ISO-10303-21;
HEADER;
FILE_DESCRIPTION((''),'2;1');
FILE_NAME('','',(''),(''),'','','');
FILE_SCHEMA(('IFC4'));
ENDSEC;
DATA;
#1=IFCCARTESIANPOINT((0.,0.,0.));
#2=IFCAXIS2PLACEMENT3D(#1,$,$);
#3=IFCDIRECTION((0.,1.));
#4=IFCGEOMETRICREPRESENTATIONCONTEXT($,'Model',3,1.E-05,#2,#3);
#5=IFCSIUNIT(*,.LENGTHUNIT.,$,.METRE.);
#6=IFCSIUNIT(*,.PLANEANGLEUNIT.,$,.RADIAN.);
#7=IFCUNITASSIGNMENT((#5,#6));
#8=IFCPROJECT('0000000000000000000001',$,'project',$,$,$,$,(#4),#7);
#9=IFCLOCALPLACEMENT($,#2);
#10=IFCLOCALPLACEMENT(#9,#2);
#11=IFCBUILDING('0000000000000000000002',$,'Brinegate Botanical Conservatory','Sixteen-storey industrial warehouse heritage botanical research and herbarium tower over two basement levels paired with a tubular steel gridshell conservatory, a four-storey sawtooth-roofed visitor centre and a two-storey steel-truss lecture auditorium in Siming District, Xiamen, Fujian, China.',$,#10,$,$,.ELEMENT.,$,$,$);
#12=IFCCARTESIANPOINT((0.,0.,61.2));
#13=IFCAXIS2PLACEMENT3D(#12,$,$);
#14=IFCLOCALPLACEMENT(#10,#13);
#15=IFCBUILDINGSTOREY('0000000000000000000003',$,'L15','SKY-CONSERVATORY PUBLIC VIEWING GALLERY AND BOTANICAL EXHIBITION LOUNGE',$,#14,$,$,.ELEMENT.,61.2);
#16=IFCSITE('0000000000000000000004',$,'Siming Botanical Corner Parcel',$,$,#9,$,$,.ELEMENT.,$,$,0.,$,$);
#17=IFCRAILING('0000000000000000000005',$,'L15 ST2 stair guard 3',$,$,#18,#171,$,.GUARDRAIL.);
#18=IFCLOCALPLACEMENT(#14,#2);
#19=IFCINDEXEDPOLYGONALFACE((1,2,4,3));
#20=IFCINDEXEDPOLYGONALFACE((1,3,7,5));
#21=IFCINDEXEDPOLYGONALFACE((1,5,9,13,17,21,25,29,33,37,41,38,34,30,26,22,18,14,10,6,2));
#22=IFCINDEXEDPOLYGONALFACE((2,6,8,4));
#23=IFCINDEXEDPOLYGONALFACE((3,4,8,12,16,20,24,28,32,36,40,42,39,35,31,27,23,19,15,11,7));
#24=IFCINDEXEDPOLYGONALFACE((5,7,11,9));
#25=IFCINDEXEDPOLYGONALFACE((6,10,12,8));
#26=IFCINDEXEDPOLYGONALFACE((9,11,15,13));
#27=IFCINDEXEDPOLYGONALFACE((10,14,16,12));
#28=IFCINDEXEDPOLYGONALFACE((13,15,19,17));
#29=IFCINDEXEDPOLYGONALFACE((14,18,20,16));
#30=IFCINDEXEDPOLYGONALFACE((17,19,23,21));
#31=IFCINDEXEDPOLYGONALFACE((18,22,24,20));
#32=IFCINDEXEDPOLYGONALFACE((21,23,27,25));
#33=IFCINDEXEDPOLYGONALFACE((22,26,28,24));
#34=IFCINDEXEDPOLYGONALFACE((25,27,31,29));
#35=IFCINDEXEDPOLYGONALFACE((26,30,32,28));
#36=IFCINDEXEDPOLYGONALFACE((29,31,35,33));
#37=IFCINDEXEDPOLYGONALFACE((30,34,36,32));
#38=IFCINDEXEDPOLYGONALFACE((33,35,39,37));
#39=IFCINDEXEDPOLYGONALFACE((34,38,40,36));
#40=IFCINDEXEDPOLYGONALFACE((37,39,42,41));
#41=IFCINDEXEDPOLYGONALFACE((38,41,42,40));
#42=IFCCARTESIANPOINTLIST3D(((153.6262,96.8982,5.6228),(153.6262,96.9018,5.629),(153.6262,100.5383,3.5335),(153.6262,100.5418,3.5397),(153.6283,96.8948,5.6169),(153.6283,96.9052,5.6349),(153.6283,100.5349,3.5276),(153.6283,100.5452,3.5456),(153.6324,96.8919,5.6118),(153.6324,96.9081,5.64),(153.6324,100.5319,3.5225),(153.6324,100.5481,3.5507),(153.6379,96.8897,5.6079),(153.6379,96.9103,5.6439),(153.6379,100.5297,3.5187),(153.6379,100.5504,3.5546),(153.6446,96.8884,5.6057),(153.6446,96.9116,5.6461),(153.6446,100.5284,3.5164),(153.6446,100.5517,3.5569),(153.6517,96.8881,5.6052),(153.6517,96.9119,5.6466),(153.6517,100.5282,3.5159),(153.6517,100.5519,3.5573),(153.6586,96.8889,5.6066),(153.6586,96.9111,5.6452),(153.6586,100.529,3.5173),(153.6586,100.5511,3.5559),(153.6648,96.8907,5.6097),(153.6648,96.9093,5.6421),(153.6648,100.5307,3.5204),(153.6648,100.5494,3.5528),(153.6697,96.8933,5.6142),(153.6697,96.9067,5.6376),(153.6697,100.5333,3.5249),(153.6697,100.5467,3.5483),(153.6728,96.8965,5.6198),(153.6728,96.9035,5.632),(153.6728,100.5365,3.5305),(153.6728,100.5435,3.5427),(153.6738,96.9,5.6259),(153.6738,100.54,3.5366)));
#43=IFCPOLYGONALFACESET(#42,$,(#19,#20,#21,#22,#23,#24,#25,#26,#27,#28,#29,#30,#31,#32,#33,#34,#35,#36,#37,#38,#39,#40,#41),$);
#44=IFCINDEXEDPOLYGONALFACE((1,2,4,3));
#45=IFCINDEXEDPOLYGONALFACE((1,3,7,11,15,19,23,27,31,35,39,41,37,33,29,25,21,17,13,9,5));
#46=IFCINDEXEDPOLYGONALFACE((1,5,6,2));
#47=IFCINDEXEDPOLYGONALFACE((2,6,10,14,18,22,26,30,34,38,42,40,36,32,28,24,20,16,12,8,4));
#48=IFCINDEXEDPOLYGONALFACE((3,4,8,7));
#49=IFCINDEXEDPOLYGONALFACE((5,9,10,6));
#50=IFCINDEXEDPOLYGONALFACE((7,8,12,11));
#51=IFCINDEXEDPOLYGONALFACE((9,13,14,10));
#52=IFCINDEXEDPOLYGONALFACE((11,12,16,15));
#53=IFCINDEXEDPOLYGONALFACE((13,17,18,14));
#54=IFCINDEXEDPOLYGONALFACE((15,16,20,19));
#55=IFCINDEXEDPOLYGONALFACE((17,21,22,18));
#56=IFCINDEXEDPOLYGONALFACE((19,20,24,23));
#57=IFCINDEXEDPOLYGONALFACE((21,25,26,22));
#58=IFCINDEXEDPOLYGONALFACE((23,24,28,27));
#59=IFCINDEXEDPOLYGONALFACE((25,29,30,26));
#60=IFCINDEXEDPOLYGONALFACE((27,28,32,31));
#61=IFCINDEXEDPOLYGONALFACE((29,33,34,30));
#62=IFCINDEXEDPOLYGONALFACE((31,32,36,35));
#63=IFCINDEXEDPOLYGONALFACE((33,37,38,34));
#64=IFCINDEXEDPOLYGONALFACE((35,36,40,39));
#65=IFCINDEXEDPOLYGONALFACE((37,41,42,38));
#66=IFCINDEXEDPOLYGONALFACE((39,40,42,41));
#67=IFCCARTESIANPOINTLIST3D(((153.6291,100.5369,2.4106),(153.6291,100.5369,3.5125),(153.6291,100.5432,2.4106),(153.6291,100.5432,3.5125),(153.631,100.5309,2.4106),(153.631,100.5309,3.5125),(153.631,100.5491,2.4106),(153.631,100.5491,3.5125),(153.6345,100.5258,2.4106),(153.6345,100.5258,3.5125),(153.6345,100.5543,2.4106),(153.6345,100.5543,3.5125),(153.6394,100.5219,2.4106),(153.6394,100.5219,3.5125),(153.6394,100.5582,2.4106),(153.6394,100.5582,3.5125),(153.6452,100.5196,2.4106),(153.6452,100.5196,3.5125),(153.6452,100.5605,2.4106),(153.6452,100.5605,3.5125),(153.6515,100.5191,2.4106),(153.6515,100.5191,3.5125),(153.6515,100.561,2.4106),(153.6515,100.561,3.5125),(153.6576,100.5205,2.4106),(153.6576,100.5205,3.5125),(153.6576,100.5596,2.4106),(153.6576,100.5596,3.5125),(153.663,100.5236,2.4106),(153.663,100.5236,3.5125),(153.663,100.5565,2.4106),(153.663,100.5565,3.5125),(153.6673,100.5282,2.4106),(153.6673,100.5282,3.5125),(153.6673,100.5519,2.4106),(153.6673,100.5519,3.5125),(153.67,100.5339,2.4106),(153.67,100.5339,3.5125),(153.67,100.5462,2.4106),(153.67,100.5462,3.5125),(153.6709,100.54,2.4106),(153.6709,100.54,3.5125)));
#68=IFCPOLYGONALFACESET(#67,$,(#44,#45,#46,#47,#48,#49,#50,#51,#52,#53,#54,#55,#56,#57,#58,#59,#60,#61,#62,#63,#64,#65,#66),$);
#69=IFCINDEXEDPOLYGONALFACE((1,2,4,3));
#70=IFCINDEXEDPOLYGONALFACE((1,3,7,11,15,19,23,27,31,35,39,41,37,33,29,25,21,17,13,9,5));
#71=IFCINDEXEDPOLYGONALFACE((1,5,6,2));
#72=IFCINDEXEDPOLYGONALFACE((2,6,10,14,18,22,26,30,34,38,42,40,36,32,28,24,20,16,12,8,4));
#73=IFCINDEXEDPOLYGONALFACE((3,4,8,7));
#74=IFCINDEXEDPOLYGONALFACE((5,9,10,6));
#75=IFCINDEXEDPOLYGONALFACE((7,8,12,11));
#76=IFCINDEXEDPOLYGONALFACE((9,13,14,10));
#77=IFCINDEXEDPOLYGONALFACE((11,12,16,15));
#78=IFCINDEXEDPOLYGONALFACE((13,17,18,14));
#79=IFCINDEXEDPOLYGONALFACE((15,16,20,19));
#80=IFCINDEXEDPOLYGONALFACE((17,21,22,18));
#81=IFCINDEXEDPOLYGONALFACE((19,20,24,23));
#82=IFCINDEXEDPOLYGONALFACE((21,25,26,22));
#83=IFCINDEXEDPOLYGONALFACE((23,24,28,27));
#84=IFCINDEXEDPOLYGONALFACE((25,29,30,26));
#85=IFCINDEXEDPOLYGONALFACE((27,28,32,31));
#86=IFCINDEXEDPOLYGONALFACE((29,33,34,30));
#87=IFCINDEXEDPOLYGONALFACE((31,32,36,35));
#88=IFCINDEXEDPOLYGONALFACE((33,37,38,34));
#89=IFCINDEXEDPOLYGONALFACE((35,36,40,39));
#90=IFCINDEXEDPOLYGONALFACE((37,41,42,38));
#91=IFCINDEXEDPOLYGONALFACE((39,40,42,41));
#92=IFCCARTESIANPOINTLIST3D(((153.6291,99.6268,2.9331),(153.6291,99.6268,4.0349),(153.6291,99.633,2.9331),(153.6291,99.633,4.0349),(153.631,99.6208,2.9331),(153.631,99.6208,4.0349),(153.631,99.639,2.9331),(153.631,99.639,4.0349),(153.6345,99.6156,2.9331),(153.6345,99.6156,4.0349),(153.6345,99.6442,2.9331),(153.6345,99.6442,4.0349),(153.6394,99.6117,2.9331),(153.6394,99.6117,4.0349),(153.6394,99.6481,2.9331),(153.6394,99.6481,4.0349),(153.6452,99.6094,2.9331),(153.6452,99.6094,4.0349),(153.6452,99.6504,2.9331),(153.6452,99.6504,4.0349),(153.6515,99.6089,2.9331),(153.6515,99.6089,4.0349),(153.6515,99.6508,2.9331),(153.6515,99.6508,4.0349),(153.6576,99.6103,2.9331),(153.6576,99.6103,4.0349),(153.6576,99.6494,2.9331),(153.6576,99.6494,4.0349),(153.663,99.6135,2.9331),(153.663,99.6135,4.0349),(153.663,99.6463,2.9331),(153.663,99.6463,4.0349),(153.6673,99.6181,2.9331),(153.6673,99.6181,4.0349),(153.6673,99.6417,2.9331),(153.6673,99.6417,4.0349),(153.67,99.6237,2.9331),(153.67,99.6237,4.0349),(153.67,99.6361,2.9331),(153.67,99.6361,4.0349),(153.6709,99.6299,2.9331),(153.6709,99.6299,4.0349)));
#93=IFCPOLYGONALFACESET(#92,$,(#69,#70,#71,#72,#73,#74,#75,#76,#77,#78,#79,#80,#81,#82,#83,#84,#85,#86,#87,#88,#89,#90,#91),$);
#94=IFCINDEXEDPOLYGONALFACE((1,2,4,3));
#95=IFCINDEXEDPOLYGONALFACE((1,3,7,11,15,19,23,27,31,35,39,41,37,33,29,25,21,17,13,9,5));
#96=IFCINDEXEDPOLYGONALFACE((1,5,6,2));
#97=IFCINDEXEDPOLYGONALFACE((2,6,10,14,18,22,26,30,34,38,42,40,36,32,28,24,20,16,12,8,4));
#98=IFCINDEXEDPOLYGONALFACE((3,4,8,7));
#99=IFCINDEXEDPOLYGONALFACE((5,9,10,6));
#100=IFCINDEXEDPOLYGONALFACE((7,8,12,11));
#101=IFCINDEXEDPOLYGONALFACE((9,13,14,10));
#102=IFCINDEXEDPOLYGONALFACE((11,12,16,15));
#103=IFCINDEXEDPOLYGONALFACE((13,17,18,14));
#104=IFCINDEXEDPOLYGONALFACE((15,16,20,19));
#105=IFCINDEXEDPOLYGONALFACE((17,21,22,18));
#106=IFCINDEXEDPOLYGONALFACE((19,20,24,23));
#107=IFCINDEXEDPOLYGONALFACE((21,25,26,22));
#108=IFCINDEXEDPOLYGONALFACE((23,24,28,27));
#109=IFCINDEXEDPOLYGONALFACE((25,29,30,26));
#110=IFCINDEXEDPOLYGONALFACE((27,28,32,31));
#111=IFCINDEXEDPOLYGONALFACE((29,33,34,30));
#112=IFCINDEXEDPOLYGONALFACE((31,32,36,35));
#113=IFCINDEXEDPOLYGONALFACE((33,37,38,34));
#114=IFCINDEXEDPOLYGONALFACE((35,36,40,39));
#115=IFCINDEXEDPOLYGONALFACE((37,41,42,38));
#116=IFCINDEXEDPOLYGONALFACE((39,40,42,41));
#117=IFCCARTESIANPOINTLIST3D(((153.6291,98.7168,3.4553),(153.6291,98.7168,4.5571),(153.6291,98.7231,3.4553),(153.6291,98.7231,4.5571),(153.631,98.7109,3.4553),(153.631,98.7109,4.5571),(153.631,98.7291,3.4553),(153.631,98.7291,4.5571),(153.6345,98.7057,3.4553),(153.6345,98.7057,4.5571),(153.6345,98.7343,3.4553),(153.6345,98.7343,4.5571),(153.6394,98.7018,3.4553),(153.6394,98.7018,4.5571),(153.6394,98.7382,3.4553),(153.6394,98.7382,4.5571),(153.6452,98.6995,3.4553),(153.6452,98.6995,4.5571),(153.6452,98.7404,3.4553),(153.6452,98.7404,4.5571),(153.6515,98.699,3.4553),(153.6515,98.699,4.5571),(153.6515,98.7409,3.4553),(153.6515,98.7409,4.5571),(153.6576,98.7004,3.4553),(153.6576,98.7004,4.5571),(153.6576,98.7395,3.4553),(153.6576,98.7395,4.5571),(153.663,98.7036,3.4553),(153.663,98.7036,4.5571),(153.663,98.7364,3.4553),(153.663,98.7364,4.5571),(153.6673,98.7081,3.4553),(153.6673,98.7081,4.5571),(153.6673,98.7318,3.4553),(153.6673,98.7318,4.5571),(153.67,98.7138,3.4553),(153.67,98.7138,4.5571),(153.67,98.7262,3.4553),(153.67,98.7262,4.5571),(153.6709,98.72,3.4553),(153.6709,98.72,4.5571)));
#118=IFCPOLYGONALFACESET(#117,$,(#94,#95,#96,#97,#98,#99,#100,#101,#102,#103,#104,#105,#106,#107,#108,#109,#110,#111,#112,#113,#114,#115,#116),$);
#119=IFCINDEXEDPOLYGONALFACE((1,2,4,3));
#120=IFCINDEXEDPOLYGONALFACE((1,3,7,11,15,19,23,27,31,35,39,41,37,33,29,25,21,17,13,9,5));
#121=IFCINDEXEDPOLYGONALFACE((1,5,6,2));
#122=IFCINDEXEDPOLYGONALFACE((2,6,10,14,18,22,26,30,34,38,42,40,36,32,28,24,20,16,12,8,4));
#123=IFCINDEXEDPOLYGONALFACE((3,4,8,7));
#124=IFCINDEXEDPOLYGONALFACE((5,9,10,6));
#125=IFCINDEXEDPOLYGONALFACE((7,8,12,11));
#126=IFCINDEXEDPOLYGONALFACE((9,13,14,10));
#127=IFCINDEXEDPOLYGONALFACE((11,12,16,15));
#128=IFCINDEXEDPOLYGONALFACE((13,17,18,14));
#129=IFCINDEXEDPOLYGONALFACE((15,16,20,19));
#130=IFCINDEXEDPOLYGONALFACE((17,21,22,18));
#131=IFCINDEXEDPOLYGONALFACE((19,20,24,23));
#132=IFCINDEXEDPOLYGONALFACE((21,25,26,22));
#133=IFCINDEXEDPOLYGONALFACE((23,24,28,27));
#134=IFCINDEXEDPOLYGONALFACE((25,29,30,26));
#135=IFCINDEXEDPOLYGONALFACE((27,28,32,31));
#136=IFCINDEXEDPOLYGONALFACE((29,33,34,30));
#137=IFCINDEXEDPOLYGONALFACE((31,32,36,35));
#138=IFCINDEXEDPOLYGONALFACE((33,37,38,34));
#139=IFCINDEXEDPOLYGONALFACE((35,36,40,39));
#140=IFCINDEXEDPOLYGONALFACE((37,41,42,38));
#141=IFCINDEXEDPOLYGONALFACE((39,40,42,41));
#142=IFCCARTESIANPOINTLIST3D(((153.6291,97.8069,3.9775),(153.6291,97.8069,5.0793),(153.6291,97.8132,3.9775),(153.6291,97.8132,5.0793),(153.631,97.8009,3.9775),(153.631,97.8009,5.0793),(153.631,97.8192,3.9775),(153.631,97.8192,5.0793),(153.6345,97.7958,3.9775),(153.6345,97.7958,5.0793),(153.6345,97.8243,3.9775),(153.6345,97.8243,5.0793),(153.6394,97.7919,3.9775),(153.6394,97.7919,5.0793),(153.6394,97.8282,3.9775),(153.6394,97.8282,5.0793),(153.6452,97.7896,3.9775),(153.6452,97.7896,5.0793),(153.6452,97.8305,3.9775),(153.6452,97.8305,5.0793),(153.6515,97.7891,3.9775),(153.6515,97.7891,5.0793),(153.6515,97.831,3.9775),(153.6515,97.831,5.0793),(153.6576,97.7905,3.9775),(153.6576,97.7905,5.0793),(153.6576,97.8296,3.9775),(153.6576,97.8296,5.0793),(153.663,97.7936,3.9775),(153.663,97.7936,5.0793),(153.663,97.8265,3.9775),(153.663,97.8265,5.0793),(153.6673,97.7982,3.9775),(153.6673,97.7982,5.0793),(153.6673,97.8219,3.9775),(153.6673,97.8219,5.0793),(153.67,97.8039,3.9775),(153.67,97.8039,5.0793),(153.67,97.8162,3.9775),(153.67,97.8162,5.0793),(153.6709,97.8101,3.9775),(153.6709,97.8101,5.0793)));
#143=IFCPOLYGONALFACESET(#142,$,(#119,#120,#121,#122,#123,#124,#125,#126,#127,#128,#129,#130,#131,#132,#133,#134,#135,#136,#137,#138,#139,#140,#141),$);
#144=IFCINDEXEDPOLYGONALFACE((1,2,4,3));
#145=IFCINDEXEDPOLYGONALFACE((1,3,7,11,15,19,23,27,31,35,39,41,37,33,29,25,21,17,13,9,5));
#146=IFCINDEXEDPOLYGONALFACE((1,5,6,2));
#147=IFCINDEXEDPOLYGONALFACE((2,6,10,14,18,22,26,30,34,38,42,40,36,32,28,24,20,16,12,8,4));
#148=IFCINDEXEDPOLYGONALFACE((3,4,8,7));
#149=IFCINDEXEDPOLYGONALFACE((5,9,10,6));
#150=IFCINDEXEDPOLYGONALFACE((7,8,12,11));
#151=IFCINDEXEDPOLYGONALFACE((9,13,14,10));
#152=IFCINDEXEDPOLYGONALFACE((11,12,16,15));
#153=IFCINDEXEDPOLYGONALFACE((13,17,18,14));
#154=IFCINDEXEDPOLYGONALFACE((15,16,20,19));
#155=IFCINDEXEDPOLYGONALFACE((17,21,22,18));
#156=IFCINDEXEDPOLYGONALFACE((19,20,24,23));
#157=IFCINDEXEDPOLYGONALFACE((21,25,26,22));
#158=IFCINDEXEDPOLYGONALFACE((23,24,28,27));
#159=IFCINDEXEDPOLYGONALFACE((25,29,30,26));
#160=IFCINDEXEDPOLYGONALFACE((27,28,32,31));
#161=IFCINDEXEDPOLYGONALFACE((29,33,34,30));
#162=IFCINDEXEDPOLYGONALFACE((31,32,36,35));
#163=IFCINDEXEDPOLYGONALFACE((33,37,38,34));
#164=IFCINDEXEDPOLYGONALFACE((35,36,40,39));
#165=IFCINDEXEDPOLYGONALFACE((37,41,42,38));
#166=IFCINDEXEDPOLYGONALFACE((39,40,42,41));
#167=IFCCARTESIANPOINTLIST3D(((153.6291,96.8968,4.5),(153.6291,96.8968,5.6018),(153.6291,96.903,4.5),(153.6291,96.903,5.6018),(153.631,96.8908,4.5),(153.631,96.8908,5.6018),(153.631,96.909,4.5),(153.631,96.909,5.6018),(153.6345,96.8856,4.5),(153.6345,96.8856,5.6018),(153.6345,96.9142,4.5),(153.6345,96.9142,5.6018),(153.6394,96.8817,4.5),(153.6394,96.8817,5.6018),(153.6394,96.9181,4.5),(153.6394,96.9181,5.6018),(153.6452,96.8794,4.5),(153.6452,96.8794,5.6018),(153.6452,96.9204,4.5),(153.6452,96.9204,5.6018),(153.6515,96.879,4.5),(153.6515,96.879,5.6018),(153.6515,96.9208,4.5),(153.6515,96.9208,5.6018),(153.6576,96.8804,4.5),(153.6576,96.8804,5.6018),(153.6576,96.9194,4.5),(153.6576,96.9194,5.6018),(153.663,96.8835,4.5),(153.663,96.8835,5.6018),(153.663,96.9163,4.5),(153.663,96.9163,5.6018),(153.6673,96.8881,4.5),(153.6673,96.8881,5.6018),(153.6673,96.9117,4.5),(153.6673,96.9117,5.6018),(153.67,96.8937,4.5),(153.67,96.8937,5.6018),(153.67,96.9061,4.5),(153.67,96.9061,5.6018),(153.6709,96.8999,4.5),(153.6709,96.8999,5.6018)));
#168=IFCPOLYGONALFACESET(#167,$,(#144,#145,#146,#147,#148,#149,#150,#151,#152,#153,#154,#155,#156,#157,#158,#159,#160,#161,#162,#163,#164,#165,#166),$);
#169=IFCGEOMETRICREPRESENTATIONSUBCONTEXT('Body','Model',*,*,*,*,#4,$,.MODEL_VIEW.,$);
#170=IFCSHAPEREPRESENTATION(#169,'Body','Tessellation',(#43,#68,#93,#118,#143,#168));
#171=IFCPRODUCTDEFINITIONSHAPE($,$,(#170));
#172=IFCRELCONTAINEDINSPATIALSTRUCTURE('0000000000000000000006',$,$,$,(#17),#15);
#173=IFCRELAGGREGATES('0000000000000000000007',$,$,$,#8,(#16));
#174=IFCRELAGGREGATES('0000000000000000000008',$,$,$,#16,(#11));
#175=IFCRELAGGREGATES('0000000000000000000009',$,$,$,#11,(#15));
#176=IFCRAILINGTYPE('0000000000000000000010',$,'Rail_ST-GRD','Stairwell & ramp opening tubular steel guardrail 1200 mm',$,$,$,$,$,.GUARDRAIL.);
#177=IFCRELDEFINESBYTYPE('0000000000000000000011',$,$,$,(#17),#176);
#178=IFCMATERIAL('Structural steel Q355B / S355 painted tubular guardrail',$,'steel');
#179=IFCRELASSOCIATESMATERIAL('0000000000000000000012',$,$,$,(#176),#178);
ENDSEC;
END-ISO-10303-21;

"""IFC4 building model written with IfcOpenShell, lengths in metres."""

from ifc_helpers import new_model, si_unit, direction, frame, origin, origin_2d, place, context, subcontext, project, spatial, circle, extrude, material, type_object, element, save


model = new_model("IFC4")

# Units and contexts
model_context = context("Model", 3, precision=1e-05, world=origin(), true_north=direction((0.0, 1.0)))
body_context = subcontext(model_context, "Body", "Model", "MODEL_VIEW")
ifc_project = project(units=[si_unit("LENGTHUNIT", "METRE"), si_unit("PLANEANGLEUNIT", "RADIAN")], contexts=[model_context])

# Site, building, storey
site_placement = place(None, origin())
site = spatial("IfcSite", under=ifc_project, at=site_placement, Name="Siming Botanical Corner Parcel", CompositionType="ELEMENT", RefElevation=0.0)
building_placement = place(site_placement, origin())
building = spatial("IfcBuilding", under=site, at=building_placement, Name="Brinegate Botanical Conservatory", Description="Sixteen-storey industrial warehouse heritage botanical research and herbarium tower over two basement levels paired with a tubular steel gridshell conservatory, a four-storey sawtooth-roofed visitor centre and a two-storey steel-truss lecture auditorium in Siming District, Xiamen, Fujian, China.", CompositionType="ELEMENT")
storey_placement = place(building_placement, frame((0.0, 0.0, 61.2)))
storey = spatial("IfcBuildingStorey", under=building, at=storey_placement, Name="L15", Description="SKY-CONSERVATORY PUBLIC VIEWING GALLERY AND BOTANICAL EXHIBITION LOUNGE", CompositionType="ELEMENT", Elevation=61.2)

# Railing
ifc_material_1 = material(Name="Structural steel Q355B / S355 painted tubular guardrail", Category="steel")
railing_type_1 = type_object("IfcRailingType", Name="Rail_ST-GRD", Description="Stairwell & ramp opening tubular steel guardrail 1200 mm", PredefinedType="GUARDRAIL", material=ifc_material_1)
railing_1_placement = place(storey_placement, frame((153.6499, 100.54, 2.4106)))
element("IfcRailing", 1, at=railing_1_placement, inside=storey, type_object=railing_type_1, Name="L15 ST2 stair guard 3", PredefinedType="GUARDRAIL", context=body_context, shape_type="SweptSolid", body=[
    extrude(circle(Radius=0.0239, at=origin_2d()), frame((0.0, 0.0, 1.126), z_axis=(0.0, -0.867289, 0.497804), x_axis=(1.0, 0.0, 0.0)), (0.0, 0.0, 1.0), 4.197),
    extrude(circle(Radius=0.021, at=origin_2d()), origin(), (0.0, 0.0, 1.0), 1.1018),
    extrude(circle(Radius=0.021, at=origin_2d()), frame((0.0, -0.9102, 0.5225)), (0.0, 0.0, 1.0), 1.1018),
    extrude(circle(Radius=0.021, at=origin_2d()), frame((0.0, -1.8201, 1.0447)), (0.0, 0.0, 1.0), 1.1018),
    extrude(circle(Radius=0.021, at=origin_2d()), frame((0.0, -2.73, 1.5669)), (0.0, 0.0, 1.0), 1.1018),
    extrude(circle(Radius=0.021, at=origin_2d()), frame((0.0, -3.6401, 2.0894)), (0.0, 0.0, 1.0), 1.1018),
])

save(model, "model.ifc")
